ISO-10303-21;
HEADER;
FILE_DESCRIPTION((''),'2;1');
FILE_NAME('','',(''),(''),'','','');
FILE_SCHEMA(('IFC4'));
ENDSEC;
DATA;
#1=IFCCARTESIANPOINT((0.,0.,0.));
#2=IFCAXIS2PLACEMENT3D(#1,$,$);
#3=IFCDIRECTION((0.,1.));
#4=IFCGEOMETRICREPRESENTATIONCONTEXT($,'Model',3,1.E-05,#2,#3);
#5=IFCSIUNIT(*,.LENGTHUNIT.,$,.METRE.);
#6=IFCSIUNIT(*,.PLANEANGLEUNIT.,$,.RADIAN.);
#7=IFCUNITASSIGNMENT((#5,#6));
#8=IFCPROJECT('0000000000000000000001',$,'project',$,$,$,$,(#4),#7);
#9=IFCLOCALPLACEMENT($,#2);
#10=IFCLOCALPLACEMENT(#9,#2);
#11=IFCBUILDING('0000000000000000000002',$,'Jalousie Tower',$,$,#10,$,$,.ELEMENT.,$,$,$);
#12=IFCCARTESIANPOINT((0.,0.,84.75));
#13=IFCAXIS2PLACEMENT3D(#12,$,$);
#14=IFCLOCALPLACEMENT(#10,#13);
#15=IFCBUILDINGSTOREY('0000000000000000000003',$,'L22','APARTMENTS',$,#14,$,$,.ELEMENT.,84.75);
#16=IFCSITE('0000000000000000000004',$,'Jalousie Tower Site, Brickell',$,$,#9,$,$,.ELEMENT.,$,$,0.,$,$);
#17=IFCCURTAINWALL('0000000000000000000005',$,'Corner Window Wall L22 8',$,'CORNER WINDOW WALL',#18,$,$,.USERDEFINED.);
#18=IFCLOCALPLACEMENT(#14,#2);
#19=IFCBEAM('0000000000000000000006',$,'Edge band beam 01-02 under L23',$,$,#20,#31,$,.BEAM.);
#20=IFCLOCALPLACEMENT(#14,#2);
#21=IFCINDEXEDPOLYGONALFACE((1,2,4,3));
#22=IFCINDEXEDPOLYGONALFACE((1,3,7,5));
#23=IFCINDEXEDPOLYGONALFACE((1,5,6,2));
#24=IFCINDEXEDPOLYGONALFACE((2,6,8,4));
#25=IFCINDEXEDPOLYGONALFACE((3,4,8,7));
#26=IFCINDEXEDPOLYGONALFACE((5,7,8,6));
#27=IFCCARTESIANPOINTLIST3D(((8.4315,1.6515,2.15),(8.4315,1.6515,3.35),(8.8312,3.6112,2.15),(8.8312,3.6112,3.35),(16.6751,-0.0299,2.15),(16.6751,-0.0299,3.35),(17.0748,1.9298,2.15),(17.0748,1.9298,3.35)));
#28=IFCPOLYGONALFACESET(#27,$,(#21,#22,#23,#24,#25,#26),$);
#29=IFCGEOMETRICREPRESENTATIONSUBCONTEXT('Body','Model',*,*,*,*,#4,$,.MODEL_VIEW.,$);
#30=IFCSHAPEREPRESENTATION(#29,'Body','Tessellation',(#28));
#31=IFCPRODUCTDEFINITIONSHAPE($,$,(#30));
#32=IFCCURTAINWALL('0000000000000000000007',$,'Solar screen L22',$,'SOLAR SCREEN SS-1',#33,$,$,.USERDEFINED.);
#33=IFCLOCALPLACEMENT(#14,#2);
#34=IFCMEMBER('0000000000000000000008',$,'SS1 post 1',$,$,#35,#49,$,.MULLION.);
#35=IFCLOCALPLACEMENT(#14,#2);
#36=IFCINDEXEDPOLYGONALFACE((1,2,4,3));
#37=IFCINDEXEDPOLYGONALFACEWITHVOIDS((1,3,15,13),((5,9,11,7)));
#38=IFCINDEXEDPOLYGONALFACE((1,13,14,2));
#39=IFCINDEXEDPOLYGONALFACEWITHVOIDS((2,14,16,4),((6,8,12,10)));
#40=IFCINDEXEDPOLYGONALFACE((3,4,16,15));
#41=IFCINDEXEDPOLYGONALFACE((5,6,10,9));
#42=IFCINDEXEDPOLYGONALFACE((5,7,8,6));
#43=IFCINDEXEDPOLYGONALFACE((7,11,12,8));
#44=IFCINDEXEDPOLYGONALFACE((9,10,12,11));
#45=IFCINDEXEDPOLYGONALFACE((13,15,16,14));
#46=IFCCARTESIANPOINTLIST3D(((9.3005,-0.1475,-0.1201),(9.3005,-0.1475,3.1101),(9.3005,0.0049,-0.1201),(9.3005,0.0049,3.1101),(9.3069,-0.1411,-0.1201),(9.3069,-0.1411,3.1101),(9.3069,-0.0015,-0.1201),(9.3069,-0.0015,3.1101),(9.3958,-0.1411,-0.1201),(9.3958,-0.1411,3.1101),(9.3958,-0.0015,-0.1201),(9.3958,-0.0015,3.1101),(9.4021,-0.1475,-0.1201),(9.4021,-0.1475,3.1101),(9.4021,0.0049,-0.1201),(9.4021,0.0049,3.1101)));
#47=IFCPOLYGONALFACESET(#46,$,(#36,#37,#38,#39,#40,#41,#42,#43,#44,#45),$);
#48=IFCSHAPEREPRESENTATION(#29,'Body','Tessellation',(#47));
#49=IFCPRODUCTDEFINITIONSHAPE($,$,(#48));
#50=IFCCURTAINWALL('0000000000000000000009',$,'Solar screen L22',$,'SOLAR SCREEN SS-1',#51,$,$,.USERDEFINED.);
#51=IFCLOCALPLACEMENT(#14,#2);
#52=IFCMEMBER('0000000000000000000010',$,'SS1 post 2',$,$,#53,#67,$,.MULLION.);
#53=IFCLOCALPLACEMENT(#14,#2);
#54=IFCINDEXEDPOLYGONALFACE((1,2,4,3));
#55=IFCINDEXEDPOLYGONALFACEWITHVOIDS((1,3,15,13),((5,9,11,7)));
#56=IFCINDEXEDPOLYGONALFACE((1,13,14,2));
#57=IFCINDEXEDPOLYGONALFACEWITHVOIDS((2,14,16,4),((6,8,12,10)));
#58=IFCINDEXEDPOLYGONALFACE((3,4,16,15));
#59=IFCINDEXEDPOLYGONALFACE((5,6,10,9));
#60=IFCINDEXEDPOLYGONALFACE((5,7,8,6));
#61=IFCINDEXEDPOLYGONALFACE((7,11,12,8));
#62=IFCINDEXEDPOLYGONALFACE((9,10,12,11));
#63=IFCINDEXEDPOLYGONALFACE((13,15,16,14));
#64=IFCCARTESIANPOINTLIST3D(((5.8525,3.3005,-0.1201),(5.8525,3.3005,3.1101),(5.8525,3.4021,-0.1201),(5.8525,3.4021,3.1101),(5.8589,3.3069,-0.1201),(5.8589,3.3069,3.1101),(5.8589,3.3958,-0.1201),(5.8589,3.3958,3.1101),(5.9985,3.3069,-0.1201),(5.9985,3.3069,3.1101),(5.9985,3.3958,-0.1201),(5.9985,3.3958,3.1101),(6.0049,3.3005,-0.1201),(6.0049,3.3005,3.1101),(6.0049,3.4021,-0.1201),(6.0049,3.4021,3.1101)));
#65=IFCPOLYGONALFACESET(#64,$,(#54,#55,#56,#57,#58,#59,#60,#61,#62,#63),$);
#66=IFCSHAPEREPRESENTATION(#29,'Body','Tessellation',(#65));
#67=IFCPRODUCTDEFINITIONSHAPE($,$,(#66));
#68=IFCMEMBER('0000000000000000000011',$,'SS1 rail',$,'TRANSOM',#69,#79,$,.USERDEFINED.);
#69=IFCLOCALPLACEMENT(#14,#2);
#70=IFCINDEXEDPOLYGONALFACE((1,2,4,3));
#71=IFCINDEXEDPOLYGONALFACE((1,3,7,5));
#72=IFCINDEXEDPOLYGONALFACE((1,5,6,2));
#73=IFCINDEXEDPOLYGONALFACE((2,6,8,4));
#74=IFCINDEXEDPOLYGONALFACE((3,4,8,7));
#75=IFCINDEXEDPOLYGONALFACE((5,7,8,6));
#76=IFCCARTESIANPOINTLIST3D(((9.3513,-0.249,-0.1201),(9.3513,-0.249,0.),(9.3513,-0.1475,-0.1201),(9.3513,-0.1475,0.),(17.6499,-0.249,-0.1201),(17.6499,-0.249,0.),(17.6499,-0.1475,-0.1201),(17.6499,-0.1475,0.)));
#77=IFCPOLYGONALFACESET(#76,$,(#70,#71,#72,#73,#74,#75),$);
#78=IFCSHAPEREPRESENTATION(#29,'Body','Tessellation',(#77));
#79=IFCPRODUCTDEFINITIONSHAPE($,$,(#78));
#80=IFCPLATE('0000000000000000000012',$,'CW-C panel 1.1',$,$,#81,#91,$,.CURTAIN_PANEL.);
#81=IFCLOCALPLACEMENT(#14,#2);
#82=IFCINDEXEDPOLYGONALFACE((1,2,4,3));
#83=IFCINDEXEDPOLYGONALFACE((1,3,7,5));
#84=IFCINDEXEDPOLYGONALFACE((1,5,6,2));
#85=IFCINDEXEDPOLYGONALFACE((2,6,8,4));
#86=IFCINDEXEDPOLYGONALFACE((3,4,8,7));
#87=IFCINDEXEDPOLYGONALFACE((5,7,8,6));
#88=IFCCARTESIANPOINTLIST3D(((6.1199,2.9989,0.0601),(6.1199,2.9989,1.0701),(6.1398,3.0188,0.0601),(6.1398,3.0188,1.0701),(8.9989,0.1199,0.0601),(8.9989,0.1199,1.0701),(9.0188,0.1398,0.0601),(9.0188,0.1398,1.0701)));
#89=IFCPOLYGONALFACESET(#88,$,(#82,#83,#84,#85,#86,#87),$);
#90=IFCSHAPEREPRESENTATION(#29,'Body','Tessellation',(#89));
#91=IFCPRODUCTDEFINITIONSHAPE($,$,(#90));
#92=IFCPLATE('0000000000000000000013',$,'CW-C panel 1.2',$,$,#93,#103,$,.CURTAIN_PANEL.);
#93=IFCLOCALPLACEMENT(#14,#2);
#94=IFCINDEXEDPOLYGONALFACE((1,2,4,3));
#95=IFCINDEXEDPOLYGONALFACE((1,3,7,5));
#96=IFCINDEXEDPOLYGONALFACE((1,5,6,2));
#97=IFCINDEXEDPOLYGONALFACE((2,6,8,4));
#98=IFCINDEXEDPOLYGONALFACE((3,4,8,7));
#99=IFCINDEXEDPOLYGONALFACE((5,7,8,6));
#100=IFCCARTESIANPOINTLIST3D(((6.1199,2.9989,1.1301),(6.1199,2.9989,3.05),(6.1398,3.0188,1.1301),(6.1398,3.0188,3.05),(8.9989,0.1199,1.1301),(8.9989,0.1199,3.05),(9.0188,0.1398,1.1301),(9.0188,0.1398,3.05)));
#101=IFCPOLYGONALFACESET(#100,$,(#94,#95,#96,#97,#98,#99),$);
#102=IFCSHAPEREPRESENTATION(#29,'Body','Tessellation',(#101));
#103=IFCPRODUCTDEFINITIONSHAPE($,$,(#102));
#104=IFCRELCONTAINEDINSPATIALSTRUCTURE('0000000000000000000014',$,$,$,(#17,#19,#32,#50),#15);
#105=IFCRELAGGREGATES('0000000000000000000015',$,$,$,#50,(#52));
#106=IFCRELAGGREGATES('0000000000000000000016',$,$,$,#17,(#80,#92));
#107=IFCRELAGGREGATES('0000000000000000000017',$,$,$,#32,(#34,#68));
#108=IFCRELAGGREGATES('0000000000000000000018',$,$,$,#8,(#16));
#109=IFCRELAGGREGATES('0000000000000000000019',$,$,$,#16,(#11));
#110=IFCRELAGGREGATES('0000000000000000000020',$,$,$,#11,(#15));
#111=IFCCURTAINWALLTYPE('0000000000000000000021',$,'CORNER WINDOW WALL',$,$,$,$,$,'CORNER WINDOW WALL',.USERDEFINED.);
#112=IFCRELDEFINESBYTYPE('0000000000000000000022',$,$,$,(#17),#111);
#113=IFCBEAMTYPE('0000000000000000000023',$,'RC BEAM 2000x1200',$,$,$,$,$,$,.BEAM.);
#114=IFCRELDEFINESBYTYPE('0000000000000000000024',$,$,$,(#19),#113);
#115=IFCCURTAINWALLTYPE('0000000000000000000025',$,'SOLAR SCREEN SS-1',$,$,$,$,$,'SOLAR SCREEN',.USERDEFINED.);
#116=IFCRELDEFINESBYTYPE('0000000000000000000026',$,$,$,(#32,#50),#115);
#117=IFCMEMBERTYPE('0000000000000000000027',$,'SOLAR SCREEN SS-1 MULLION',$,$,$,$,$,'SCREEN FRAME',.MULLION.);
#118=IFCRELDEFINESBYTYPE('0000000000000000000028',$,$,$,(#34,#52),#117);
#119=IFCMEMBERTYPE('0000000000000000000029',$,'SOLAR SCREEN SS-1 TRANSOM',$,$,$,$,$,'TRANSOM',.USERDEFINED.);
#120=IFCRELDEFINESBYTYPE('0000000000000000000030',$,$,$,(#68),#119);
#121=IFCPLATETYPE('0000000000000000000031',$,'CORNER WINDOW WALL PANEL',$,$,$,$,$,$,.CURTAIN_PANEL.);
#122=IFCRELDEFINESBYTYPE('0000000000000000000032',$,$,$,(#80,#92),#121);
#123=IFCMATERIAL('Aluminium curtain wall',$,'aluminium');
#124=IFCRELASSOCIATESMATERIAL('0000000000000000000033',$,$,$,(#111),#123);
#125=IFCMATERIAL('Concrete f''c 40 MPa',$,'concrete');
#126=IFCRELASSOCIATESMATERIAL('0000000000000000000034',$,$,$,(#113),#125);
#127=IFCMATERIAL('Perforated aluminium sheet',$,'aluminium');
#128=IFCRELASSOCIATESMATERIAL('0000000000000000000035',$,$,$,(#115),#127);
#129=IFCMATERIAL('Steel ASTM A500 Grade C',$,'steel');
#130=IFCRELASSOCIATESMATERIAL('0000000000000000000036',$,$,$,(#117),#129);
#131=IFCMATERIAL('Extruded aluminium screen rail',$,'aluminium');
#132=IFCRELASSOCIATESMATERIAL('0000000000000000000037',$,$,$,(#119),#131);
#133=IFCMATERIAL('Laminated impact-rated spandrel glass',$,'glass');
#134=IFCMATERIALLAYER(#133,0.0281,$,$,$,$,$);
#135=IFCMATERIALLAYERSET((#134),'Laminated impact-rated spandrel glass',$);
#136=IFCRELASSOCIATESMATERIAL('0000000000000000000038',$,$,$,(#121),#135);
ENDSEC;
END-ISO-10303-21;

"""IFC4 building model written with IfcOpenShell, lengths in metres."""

from ifc_helpers import new_model, si_unit, direction, frame, origin, origin_2d, place, context, subcontext, project, spatial, rectangle, hollow_rectangle, extrude, material, layer, layer_set, material_profile, profile_set, type_object, element, aggregate, save


model = new_model("IFC4")

# Units and contexts
model_context = context("Model", 3, precision=1e-05, world=origin(), true_north=direction((0.0, 1.0)))
body_context = subcontext(model_context, "Body", "Model", "MODEL_VIEW")
ifc_project = project(units=[si_unit("LENGTHUNIT", "METRE"), si_unit("PLANEANGLEUNIT", "RADIAN")], contexts=[model_context])

# Site, building, storey
site_placement = place(None, origin())
site = spatial("IfcSite", under=ifc_project, at=site_placement, Name="Jalousie Tower Site, Brickell", CompositionType="ELEMENT", RefElevation=0.0)
building_placement = place(site_placement, origin())
building = spatial("IfcBuilding", under=site, at=building_placement, Name="Jalousie Tower", CompositionType="ELEMENT")
storey_placement = place(building_placement, frame((0.0, 0.0, 84.75)))
storey = spatial("IfcBuildingStorey", under=building, at=storey_placement, Name="L22", Description="APARTMENTS", CompositionType="ELEMENT", Elevation=84.75)

# Curtain wall
ifc_material_1 = material(Name="Aluminium curtain wall", Category="aluminium")
curtain_wall_type_1 = type_object("IfcCurtainWallType", Name="CORNER WINDOW WALL", ElementType="CORNER WINDOW WALL", PredefinedType="USERDEFINED", material=ifc_material_1)
curtain_wall_1_placement = place(storey_placement, origin())
curtain_wall_1 = element("IfcCurtainWall", 1, at=curtain_wall_1_placement, inside=storey, type_object=curtain_wall_type_1, Name="Corner Window Wall L22 8", ObjectType="CORNER WINDOW WALL", PredefinedType="USERDEFINED")

# Beam
ifc_material_2 = material(Name="Concrete f'c 40 MPa", Category="concrete")
ifc_material_profile_1 = material_profile(ifc_material_2, rectangle(XDim=2.0, YDim=1.2, at=origin_2d()), Name="RC 2000x1200")
ifc_profile_set_1 = profile_set([ifc_material_profile_1], Name="Concrete f'c 40 MPa")
beam_type_1 = type_object("IfcBeamType", Name="RC BEAM 2000x1200", PredefinedType="BEAM", material=ifc_profile_set_1)
beam_1_placement = place(storey_placement, frame((8.6313, 2.6313, 2.75), z_axis=(0.979827, -0.199848, 0.0), x_axis=(0.199848, 0.979827, 0.0)))
element("IfcBeam", 2, at=beam_1_placement, inside=storey, type_object=beam_type_1, Name="Edge band beam 01-02 under L23", PredefinedType="BEAM", context=body_context, shape_type="SweptSolid", body=[
    extrude(rectangle(XDim=2.0, YDim=1.2, at=origin_2d()), origin(), (0.0, 0.0, 1.0), 8.4133),
])

# Curtain walls, members
ifc_material_3 = material(Name="Perforated aluminium sheet", Category="aluminium")
curtain_wall_type_2 = type_object("IfcCurtainWallType", Name="SOLAR SCREEN SS-1", ElementType="SOLAR SCREEN", PredefinedType="USERDEFINED", material=ifc_material_3)
curtain_wall_2_placement = place(storey_placement, origin())
curtain_wall_2 = element("IfcCurtainWall", 3, at=curtain_wall_2_placement, inside=storey, type_object=curtain_wall_type_2, Name="Solar screen L22", ObjectType="SOLAR SCREEN SS-1", PredefinedType="USERDEFINED")
ifc_material_4 = material(Name="Steel ASTM A500 Grade C", Category="steel")
ifc_material_profile_2 = material_profile(ifc_material_4, hollow_rectangle(XDim=0.1016, YDim=0.1523, WallThickness=0.0063, at=origin_2d()), Name="HSS6X4X1/4")
ifc_profile_set_2 = profile_set([ifc_material_profile_2], Name="Steel ASTM A500 Grade C")
member_type_1 = type_object("IfcMemberType", Name="SOLAR SCREEN SS-1 MULLION", ElementType="SCREEN FRAME", PredefinedType="MULLION", material=ifc_profile_set_2)
member_1_placement = place(storey_placement, frame((9.3513, -0.0713, -0.1201), z_axis=(0.0, 0.0, 1.0), x_axis=(1.0, 0.0, 0.0)))
member_1 = element("IfcMember", 4, at=member_1_placement, type_object=member_type_1, Name="SS1 post 1", PredefinedType="MULLION", context=body_context, shape_type="SweptSolid", body=[
    extrude(hollow_rectangle(XDim=0.1016, YDim=0.1523, WallThickness=0.0063, at=origin_2d()), origin(), (0.0, 0.0, 1.0), 3.2302),
])
curtain_wall_3_placement = place(storey_placement, origin())
curtain_wall_3 = element("IfcCurtainWall", 5, at=curtain_wall_3_placement, inside=storey, type_object=curtain_wall_type_2, Name="Solar screen L22", ObjectType="SOLAR SCREEN SS-1", PredefinedType="USERDEFINED")
member_2_placement = place(storey_placement, frame((5.9287, 3.3513, -0.1201), z_axis=(0.0, 0.0, 1.0), x_axis=(0.0, -1.0, 0.0)))
member_2 = element("IfcMember", 6, at=member_2_placement, type_object=member_type_1, Name="SS1 post 2", PredefinedType="MULLION", context=body_context, shape_type="SweptSolid", body=[
    extrude(hollow_rectangle(XDim=0.1016, YDim=0.1523, WallThickness=0.0063, at=origin_2d()), origin(), (0.0, 0.0, 1.0), 3.2302),
])
aggregate(curtain_wall_3, [member_2])

# Member
ifc_material_5 = material(Name="Extruded aluminium screen rail", Category="aluminium")
ifc_material_profile_3 = material_profile(ifc_material_5, rectangle(XDim=0.1016, YDim=0.1201, at=origin_2d()), Name="RAIL 102x120")
ifc_profile_set_3 = profile_set([ifc_material_profile_3], Name="Extruded aluminium screen rail")
member_type_2 = type_object("IfcMemberType", Name="SOLAR SCREEN SS-1 TRANSOM", ElementType="TRANSOM", PredefinedType="USERDEFINED", material=ifc_profile_set_3)
member_3_placement = place(storey_placement, frame((9.3513, -0.1982, -0.0601), z_axis=(1.0, 0.0, 0.0), x_axis=(0.0, 1.0, 0.0)))
member_3 = element("IfcMember", 7, at=member_3_placement, type_object=member_type_2, Name="SS1 rail", ObjectType="TRANSOM", PredefinedType="USERDEFINED", context=body_context, shape_type="SweptSolid", body=[
    extrude(rectangle(XDim=0.1016, YDim=0.1201, at=origin_2d()), origin(), (0.0, 0.0, 1.0), 8.2986),
])

# Plates
ifc_material_6 = material(Name="Laminated impact-rated spandrel glass", Category="glass")
ifc_layer_1 = layer(ifc_material_6, 0.0281)
ifc_layer_set_1 = layer_set([ifc_layer_1], Name="Laminated impact-rated spandrel glass")
plate_type_1 = type_object("IfcPlateType", Name="CORNER WINDOW WALL PANEL", PredefinedType="CURTAIN_PANEL", material=ifc_layer_set_1)
plate_1_placement = place(storey_placement, frame((7.5693, 1.5693, 0.0601), z_axis=(0.0, 0.0, 1.0), x_axis=(0.707107, -0.707107, 0.0)))
plate_1 = element("IfcPlate", 8, at=plate_1_placement, type_object=plate_type_1, Name="CW-C panel 1.1", PredefinedType="CURTAIN_PANEL", context=body_context, shape_type="SweptSolid", body=[
    extrude(rectangle(XDim=4.0715, YDim=0.0281, at=origin_2d()), origin(), (0.0, 0.0, 1.0), 1.01),
])
plate_2_placement = place(storey_placement, frame((7.5693, 1.5693, 1.1301), z_axis=(0.0, 0.0, 1.0), x_axis=(0.707107, -0.707107, 0.0)))
plate_2 = element("IfcPlate", 9, at=plate_2_placement, type_object=plate_type_1, Name="CW-C panel 1.2", PredefinedType="CURTAIN_PANEL", context=body_context, shape_type="SweptSolid", body=[
    extrude(rectangle(XDim=4.0715, YDim=0.0281, at=origin_2d()), origin(), (0.0, 0.0, 1.0), 1.9199),
])
aggregate(curtain_wall_1, [plate_1, plate_2])

aggregate(curtain_wall_2, [member_1, member_3])

save(model, "model.ifc")
